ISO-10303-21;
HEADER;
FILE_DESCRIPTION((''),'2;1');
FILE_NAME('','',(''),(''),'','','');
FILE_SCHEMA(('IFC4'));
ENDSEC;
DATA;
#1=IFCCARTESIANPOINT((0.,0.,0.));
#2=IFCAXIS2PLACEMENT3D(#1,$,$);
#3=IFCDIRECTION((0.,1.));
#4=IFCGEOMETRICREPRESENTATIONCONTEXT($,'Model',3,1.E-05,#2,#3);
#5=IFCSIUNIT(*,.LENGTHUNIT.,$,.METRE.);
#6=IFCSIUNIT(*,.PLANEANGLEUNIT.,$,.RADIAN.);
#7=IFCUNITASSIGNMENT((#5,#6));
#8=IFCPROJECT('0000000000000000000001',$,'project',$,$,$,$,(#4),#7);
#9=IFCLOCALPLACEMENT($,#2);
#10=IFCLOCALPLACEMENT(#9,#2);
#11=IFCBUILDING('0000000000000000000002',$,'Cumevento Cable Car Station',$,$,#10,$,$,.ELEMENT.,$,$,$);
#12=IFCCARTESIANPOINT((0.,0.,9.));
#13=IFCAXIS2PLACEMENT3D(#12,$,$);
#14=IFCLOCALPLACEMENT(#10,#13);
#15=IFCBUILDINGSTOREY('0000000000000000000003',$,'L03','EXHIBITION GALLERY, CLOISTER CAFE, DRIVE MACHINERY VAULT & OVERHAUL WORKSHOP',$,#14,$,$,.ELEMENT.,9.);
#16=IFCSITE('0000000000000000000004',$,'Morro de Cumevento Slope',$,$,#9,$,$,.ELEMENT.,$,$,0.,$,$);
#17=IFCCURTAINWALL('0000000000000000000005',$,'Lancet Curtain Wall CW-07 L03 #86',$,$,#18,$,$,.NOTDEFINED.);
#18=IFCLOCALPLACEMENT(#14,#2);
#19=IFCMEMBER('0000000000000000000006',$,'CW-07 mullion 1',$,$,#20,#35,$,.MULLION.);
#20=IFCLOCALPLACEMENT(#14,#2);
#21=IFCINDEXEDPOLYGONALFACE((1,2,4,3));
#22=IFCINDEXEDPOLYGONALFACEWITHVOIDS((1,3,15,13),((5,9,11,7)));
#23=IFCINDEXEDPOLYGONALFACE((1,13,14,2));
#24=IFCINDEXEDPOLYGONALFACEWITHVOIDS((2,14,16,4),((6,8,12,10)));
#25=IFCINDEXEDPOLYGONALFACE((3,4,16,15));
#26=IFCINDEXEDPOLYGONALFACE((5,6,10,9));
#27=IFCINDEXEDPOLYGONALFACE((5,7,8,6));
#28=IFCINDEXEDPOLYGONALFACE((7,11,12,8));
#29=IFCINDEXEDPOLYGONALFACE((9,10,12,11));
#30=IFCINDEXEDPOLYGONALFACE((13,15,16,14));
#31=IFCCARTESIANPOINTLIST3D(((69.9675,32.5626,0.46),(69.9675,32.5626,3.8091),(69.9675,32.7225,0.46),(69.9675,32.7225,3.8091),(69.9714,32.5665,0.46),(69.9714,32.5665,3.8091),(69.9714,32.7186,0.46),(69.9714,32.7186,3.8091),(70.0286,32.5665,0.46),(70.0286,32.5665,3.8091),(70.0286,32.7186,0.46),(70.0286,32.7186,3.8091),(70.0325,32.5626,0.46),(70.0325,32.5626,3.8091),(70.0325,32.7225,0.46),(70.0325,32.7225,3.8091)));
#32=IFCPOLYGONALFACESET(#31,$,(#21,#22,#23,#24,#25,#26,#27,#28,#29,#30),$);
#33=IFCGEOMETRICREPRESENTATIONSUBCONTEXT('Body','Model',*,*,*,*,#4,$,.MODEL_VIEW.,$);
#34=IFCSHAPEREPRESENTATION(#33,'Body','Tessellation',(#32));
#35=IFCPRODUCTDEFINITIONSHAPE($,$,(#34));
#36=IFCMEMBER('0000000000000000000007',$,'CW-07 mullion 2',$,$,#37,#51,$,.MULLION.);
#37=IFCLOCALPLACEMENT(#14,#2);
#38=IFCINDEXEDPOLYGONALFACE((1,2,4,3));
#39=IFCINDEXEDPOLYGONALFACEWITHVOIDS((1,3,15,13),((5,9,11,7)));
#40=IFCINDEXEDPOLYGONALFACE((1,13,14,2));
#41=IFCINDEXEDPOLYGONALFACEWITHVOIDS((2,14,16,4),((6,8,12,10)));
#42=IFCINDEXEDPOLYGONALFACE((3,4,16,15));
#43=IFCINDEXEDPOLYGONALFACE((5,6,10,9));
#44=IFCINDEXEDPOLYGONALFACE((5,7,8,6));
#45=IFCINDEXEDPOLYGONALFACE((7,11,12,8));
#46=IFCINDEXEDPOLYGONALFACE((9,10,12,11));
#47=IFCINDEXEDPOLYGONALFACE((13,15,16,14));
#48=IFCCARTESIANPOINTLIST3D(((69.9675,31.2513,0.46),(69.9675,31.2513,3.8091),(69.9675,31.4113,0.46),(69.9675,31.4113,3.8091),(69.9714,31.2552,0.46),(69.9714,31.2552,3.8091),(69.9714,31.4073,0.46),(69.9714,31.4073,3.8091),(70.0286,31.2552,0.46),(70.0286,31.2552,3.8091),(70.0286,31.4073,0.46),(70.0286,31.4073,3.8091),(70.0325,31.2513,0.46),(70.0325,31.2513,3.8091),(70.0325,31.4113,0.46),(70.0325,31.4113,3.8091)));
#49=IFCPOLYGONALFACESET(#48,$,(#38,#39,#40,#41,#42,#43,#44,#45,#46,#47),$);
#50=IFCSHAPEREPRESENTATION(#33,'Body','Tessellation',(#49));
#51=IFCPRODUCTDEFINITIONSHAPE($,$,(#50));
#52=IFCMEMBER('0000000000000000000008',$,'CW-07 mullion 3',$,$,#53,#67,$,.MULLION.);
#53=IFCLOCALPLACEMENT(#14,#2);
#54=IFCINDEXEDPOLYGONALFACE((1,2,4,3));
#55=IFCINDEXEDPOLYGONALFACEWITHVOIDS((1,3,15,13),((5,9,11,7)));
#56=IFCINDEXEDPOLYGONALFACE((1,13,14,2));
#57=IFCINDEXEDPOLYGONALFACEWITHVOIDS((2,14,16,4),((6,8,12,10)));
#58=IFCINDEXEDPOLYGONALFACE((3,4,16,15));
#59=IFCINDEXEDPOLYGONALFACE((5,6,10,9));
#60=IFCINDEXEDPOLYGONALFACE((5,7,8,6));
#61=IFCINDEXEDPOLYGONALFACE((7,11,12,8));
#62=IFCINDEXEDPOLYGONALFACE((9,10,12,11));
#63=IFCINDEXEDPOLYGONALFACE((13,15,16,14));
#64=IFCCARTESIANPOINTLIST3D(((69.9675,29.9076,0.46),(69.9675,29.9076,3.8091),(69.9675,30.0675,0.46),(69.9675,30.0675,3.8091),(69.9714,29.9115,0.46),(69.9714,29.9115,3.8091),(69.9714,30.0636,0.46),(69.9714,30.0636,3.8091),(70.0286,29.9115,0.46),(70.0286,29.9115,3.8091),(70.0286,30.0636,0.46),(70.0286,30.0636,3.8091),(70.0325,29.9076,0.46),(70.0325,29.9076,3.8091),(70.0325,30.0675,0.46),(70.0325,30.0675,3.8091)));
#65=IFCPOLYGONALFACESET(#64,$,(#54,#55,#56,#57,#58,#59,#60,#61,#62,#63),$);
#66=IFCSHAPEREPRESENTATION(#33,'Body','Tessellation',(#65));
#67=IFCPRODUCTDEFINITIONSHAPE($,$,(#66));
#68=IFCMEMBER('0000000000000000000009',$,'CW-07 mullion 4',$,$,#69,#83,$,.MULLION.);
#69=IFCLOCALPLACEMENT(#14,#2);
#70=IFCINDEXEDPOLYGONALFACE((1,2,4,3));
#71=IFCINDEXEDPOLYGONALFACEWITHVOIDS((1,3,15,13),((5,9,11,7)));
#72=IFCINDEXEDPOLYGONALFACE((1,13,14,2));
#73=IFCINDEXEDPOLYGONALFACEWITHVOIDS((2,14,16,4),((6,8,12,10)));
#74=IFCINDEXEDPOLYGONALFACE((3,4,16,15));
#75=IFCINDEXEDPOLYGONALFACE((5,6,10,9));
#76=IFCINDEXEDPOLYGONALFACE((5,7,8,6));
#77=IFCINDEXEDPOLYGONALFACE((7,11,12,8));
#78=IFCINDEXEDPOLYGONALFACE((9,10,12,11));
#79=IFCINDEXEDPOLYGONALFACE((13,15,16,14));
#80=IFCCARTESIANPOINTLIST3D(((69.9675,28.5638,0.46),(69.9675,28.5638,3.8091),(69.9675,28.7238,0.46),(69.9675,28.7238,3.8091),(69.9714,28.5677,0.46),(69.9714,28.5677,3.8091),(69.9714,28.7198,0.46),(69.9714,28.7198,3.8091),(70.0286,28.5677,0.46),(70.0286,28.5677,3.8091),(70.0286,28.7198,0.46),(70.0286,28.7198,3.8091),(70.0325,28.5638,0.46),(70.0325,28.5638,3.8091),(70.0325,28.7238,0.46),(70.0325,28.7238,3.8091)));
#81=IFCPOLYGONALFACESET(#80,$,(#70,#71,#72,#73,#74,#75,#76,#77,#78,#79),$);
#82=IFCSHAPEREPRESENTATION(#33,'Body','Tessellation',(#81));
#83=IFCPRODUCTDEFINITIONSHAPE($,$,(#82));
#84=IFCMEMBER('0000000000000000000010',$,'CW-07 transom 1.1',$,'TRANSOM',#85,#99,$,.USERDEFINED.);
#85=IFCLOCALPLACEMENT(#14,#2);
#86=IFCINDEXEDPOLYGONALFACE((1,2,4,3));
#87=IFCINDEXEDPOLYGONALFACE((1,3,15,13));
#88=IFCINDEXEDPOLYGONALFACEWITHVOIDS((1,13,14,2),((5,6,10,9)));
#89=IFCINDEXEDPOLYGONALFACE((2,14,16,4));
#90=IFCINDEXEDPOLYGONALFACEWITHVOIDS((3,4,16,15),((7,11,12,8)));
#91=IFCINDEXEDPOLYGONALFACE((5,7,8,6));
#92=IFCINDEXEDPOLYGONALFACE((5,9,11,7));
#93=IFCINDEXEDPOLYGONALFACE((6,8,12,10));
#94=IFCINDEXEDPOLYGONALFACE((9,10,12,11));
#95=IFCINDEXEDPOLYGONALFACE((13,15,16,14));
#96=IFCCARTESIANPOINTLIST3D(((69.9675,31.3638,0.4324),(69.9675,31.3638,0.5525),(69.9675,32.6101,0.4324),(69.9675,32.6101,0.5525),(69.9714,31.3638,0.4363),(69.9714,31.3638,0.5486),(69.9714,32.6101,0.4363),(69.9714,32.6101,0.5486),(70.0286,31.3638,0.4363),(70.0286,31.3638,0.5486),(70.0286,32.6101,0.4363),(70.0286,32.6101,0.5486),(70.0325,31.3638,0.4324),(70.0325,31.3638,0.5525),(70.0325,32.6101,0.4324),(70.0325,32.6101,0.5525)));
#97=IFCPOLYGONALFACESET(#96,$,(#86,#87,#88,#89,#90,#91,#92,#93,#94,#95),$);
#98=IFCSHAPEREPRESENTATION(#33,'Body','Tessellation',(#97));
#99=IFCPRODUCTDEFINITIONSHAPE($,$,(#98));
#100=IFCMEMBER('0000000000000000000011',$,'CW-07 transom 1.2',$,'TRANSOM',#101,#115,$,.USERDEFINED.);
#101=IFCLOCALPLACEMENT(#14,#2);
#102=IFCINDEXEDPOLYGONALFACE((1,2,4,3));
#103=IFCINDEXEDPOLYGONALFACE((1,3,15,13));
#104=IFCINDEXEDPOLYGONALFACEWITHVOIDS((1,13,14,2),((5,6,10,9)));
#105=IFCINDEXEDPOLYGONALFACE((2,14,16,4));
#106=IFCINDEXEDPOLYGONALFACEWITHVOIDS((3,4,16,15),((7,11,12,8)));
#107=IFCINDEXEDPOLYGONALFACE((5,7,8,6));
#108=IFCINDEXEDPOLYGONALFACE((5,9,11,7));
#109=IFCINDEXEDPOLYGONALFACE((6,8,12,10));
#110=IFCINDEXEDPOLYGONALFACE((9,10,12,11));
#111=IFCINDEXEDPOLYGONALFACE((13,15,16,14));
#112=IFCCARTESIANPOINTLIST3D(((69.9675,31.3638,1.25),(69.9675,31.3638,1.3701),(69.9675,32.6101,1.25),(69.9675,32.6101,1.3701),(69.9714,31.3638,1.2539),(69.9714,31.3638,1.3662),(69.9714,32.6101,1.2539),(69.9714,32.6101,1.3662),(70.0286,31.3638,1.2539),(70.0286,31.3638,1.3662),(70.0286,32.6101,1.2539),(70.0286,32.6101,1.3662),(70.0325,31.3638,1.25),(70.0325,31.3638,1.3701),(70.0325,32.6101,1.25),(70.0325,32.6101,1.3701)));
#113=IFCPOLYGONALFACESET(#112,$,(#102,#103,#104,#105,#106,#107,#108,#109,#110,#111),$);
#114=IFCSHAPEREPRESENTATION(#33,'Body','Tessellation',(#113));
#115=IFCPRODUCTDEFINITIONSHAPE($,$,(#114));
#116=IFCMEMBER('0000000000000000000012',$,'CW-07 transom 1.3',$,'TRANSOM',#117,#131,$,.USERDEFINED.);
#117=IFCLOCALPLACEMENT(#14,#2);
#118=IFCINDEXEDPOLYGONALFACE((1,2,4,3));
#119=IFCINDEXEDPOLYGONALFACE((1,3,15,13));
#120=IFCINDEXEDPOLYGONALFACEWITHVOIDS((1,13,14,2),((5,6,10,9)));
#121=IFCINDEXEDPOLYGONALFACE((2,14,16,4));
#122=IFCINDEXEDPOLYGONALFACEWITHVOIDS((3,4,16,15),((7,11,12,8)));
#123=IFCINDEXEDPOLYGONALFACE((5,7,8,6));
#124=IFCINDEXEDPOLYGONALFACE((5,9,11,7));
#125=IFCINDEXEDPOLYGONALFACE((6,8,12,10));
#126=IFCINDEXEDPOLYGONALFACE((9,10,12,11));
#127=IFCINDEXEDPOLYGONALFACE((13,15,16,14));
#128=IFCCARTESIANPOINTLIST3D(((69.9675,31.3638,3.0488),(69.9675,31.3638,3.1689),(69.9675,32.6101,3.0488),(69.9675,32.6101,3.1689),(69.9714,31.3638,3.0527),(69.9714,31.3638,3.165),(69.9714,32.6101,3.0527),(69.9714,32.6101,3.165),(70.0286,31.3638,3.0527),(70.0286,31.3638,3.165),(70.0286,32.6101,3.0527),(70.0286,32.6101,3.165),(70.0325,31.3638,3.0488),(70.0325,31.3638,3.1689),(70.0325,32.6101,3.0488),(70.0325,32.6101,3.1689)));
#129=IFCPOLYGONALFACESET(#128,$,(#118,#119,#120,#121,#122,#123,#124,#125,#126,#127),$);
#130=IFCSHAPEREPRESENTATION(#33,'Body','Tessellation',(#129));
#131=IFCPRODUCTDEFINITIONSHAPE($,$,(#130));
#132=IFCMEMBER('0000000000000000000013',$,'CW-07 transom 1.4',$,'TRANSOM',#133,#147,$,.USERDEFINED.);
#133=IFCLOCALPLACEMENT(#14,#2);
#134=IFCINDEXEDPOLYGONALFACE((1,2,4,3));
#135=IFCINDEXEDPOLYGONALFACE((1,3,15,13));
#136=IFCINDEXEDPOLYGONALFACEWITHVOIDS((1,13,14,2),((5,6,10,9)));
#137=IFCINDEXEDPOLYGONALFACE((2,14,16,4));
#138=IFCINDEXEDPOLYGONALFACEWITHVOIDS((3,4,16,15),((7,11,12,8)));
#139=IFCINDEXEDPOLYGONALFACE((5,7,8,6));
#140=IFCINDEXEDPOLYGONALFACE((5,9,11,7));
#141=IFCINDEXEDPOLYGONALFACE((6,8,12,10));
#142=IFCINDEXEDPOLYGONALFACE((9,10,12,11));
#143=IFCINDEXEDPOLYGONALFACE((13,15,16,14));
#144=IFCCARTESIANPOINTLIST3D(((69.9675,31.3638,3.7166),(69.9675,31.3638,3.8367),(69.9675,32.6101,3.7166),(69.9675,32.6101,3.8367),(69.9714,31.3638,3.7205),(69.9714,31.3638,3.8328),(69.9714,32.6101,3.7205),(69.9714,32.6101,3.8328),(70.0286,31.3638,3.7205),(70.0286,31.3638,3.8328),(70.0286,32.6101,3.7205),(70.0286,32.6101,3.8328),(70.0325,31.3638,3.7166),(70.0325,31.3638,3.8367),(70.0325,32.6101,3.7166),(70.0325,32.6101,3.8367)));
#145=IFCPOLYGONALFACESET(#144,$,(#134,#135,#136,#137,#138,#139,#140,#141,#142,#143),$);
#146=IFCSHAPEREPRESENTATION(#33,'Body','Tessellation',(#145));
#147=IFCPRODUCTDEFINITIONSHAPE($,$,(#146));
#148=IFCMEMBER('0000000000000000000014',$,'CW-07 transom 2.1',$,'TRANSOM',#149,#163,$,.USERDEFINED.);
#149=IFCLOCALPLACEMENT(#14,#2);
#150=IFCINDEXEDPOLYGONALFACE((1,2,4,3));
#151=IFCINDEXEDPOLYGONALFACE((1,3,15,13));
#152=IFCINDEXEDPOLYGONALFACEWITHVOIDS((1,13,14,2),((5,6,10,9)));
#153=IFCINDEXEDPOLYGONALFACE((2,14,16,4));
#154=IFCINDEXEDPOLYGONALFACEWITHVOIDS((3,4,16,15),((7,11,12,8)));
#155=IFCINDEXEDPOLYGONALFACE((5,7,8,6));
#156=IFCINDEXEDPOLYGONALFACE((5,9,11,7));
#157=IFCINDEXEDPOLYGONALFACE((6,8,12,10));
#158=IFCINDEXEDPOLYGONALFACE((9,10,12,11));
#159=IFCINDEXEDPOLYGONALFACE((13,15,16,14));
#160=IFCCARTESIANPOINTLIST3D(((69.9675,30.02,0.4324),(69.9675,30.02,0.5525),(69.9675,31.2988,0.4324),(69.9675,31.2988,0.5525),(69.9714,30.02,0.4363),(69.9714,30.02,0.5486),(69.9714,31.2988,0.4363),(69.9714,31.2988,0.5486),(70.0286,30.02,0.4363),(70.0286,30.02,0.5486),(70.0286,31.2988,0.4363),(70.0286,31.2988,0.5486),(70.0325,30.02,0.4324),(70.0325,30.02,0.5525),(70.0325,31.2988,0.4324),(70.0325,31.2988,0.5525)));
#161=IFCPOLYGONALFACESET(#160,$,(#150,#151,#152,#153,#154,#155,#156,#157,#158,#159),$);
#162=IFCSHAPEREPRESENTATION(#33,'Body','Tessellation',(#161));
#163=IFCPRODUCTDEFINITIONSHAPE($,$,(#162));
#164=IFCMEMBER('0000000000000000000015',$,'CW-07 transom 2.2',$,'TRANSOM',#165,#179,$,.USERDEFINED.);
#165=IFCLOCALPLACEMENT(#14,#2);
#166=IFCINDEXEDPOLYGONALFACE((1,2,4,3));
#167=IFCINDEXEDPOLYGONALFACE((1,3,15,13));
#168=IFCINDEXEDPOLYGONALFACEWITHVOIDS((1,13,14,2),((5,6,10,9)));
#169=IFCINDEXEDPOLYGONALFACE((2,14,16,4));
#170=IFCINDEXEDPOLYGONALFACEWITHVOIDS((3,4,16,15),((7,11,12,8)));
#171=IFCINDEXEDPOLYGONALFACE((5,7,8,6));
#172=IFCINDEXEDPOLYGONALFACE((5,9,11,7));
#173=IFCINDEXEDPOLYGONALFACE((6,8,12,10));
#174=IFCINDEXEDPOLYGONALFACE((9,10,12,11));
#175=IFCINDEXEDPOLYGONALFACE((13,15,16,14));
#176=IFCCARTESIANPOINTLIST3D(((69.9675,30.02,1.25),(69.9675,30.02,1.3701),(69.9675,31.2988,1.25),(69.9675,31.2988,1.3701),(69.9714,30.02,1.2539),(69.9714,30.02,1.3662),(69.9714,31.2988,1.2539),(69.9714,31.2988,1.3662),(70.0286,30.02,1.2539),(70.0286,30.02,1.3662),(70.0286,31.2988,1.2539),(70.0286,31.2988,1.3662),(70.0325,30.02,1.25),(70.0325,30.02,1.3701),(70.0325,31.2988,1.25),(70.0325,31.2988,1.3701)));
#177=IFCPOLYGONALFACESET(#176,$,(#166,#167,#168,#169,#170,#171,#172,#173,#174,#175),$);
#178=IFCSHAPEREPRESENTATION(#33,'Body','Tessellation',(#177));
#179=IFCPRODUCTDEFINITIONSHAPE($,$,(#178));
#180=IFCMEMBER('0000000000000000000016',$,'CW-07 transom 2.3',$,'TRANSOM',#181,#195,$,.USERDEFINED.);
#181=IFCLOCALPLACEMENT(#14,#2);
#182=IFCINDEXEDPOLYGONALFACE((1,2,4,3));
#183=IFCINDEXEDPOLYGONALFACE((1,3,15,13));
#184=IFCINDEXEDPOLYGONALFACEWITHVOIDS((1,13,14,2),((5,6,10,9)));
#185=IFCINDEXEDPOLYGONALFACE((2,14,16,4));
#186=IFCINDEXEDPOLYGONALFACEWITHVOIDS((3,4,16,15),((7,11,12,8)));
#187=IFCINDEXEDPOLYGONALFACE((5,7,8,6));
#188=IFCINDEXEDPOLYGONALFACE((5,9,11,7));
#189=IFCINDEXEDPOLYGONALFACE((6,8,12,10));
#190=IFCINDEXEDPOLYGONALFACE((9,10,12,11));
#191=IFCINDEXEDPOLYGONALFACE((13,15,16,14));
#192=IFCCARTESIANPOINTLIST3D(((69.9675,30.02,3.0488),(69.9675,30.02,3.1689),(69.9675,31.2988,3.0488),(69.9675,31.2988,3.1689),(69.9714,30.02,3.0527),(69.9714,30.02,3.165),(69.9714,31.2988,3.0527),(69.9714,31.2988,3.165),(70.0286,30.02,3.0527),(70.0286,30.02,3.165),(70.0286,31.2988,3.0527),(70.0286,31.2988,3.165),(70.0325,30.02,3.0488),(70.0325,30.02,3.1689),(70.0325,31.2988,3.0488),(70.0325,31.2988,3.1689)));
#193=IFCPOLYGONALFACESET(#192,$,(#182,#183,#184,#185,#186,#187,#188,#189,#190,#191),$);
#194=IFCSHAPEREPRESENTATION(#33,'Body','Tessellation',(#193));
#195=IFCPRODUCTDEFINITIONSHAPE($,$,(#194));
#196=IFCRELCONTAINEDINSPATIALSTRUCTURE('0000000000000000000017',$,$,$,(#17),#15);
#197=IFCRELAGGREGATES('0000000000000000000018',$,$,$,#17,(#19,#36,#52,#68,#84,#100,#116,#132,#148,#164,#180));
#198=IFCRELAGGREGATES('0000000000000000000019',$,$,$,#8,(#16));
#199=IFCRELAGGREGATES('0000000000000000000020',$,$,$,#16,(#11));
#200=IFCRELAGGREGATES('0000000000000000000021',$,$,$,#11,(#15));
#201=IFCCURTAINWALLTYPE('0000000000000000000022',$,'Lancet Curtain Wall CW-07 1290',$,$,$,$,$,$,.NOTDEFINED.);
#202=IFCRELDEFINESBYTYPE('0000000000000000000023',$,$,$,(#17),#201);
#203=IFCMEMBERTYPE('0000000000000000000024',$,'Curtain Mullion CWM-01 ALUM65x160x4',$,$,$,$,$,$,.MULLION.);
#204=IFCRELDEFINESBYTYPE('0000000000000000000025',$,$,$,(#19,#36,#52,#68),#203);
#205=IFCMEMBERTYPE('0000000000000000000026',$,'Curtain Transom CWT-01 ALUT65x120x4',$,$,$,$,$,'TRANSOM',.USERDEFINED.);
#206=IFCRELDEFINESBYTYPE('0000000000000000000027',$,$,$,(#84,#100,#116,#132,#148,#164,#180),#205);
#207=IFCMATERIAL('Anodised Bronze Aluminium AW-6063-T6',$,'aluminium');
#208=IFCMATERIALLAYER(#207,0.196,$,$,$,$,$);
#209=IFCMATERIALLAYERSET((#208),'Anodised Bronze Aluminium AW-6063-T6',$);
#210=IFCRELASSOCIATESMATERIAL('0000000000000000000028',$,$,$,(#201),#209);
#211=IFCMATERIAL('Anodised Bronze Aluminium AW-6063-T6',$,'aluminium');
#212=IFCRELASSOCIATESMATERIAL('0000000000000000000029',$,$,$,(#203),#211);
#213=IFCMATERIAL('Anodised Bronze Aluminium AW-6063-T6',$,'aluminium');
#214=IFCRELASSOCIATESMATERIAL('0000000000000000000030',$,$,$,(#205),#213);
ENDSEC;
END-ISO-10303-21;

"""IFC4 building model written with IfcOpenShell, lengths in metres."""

from ifc_helpers import new_model, si_unit, direction, frame, origin, origin_2d, place, context, subcontext, project, spatial, hollow_rectangle, extrude, material, layer, layer_set, material_profile, profile_set, type_object, element, aggregate, save


model = new_model("IFC4")

# Units and contexts
model_context = context("Model", 3, precision=1e-05, world=origin(), true_north=direction((0.0, 1.0)))
body_context = subcontext(model_context, "Body", "Model", "MODEL_VIEW")
ifc_project = project(units=[si_unit("LENGTHUNIT", "METRE"), si_unit("PLANEANGLEUNIT", "RADIAN")], contexts=[model_context])

# Site, building, storey
site_placement = place(None, origin())
site = spatial("IfcSite", under=ifc_project, at=site_placement, Name="Morro de Cumevento Slope", CompositionType="ELEMENT", RefElevation=0.0)
building_placement = place(site_placement, origin())
building = spatial("IfcBuilding", under=site, at=building_placement, Name="Cumevento Cable Car Station", CompositionType="ELEMENT")
storey_placement = place(building_placement, frame((0.0, 0.0, 9.0)))
storey = spatial("IfcBuildingStorey", under=building, at=storey_placement, Name="L03", Description="EXHIBITION GALLERY, CLOISTER CAFE, DRIVE MACHINERY VAULT & OVERHAUL WORKSHOP", CompositionType="ELEMENT", Elevation=9.0)

# Curtain wall, members
ifc_material_1 = material(Name="Anodised Bronze Aluminium AW-6063-T6", Category="aluminium")
ifc_layer_1 = layer(ifc_material_1, 0.196)
ifc_layer_set_1 = layer_set([ifc_layer_1], Name="Anodised Bronze Aluminium AW-6063-T6")
curtain_wall_type = type_object("IfcCurtainWallType", Name="Lancet Curtain Wall CW-07 1290", PredefinedType="NOTDEFINED", material=ifc_layer_set_1)
curtain_wall_placement = place(storey_placement, origin())
curtain_wall = element("IfcCurtainWall", 1, at=curtain_wall_placement, inside=storey, type_object=curtain_wall_type, Name="Lancet Curtain Wall CW-07 L03 #86", PredefinedType="NOTDEFINED")
ifc_material_2 = material(Name="Anodised Bronze Aluminium AW-6063-T6", Category="aluminium")
ifc_material_profile_1 = material_profile(ifc_material_2, hollow_rectangle(XDim=0.0649, YDim=0.1599, WallThickness=0.0039, at=origin_2d()), Name="ALUM65x160x4")
ifc_profile_set_1 = profile_set([ifc_material_profile_1], Name="Anodised Bronze Aluminium AW-6063-T6")
member_type_1 = type_object("IfcMemberType", Name="Curtain Mullion CWM-01 ALUM65x160x4", PredefinedType="MULLION", material=ifc_profile_set_1)
member_1_placement = place(storey_placement, frame((70.0, 32.6426, 0.46), z_axis=(0.0, 0.0, 1.0), x_axis=(1.0, 0.0, 0.0)))
member_1 = element("IfcMember", 2, at=member_1_placement, type_object=member_type_1, Name="CW-07 mullion 1", PredefinedType="MULLION", context=body_context, shape_type="SweptSolid", body=[
    extrude(hollow_rectangle(XDim=0.0649, YDim=0.1599, WallThickness=0.0039, at=origin_2d()), origin(), (0.0, 0.0, 1.0), 3.3491),
])
member_2_placement = place(storey_placement, frame((70.0, 31.3313, 0.46), z_axis=(0.0, 0.0, 1.0), x_axis=(1.0, 0.0, 0.0)))
member_2 = element("IfcMember", 3, at=member_2_placement, type_object=member_type_1, Name="CW-07 mullion 2", PredefinedType="MULLION", context=body_context, shape_type="SweptSolid", body=[
    extrude(hollow_rectangle(XDim=0.0649, YDim=0.1599, WallThickness=0.0039, at=origin_2d()), origin(), (0.0, 0.0, 1.0), 3.3491),
])
member_3_placement = place(storey_placement, frame((70.0, 29.9875, 0.46), z_axis=(0.0, 0.0, 1.0), x_axis=(1.0, 0.0, 0.0)))
member_3 = element("IfcMember", 4, at=member_3_placement, type_object=member_type_1, Name="CW-07 mullion 3", PredefinedType="MULLION", context=body_context, shape_type="SweptSolid", body=[
    extrude(hollow_rectangle(XDim=0.0649, YDim=0.1599, WallThickness=0.0039, at=origin_2d()), origin(), (0.0, 0.0, 1.0), 3.3491),
])
member_4_placement = place(storey_placement, frame((70.0, 28.6438, 0.46), z_axis=(0.0, 0.0, 1.0), x_axis=(1.0, 0.0, 0.0)))
member_4 = element("IfcMember", 5, at=member_4_placement, type_object=member_type_1, Name="CW-07 mullion 4", PredefinedType="MULLION", context=body_context, shape_type="SweptSolid", body=[
    extrude(hollow_rectangle(XDim=0.0649, YDim=0.1599, WallThickness=0.0039, at=origin_2d()), origin(), (0.0, 0.0, 1.0), 3.3491),
])
ifc_material_3 = material(Name="Anodised Bronze Aluminium AW-6063-T6", Category="aluminium")
ifc_material_profile_2 = material_profile(ifc_material_3, hollow_rectangle(XDim=0.0649, YDim=0.1201, WallThickness=0.0039, at=origin_2d()), Name="ALUT65x120x4")
ifc_profile_set_2 = profile_set([ifc_material_profile_2], Name="Anodised Bronze Aluminium AW-6063-T6")
member_type_2 = type_object("IfcMemberType", Name="Curtain Transom CWT-01 ALUT65x120x4", ElementType="TRANSOM", PredefinedType="USERDEFINED", material=ifc_profile_set_2)
member_5_placement = place(storey_placement, frame((70.0, 32.6101, 0.4924), z_axis=(0.0, -1.0, 0.0), x_axis=(1.0, 0.0, 0.0)))
member_5 = element("IfcMember", 6, at=member_5_placement, type_object=member_type_2, Name="CW-07 transom 1.1", ObjectType="TRANSOM", PredefinedType="USERDEFINED", context=body_context, shape_type="SweptSolid", body=[
    extrude(hollow_rectangle(XDim=0.0649, YDim=0.1201, WallThickness=0.0039, at=origin_2d()), origin(), (0.0, 0.0, 1.0), 1.2463),
])
member_6_placement = place(storey_placement, frame((70.0, 32.6101, 1.3101), z_axis=(0.0, -1.0, 0.0), x_axis=(1.0, 0.0, 0.0)))
member_6 = element("IfcMember", 7, at=member_6_placement, type_object=member_type_2, Name="CW-07 transom 1.2", ObjectType="TRANSOM", PredefinedType="USERDEFINED", context=body_context, shape_type="SweptSolid", body=[
    extrude(hollow_rectangle(XDim=0.0649, YDim=0.1201, WallThickness=0.0039, at=origin_2d()), origin(), (0.0, 0.0, 1.0), 1.2463),
])
member_7_placement = place(storey_placement, frame((70.0, 32.6101, 3.1089), z_axis=(0.0, -1.0, 0.0), x_axis=(1.0, 0.0, 0.0)))
member_7 = element("IfcMember", 8, at=member_7_placement, type_object=member_type_2, Name="CW-07 transom 1.3", ObjectType="TRANSOM", PredefinedType="USERDEFINED", context=body_context, shape_type="SweptSolid", body=[
    extrude(hollow_rectangle(XDim=0.0649, YDim=0.1201, WallThickness=0.0039, at=origin_2d()), origin(), (0.0, 0.0, 1.0), 1.2463),
])
member_8_placement = place(storey_placement, frame((70.0, 32.6101, 3.7766), z_axis=(0.0, -1.0, 0.0), x_axis=(1.0, 0.0, 0.0)))
member_8 = element("IfcMember", 9, at=member_8_placement, type_object=member_type_2, Name="CW-07 transom 1.4", ObjectType="TRANSOM", PredefinedType="USERDEFINED", context=body_context, shape_type="SweptSolid", body=[
    extrude(hollow_rectangle(XDim=0.0649, YDim=0.1201, WallThickness=0.0039, at=origin_2d()), origin(), (0.0, 0.0, 1.0), 1.2463),
])
member_9_placement = place(storey_placement, frame((70.0, 31.2988, 0.4924), z_axis=(0.0, -1.0, 0.0), x_axis=(1.0, 0.0, 0.0)))
member_9 = element("IfcMember", 10, at=member_9_placement, type_object=member_type_2, Name="CW-07 transom 2.1", ObjectType="TRANSOM", PredefinedType="USERDEFINED", context=body_context, shape_type="SweptSolid", body=[
    extrude(hollow_rectangle(XDim=0.0649, YDim=0.1201, WallThickness=0.0039, at=origin_2d()), origin(), (0.0, 0.0, 1.0), 1.2788),
])
member_10_placement = place(storey_placement, frame((70.0, 31.2988, 1.3101), z_axis=(0.0, -1.0, 0.0), x_axis=(1.0, 0.0, 0.0)))
member_10 = element("IfcMember", 11, at=member_10_placement, type_object=member_type_2, Name="CW-07 transom 2.2", ObjectType="TRANSOM", PredefinedType="USERDEFINED", context=body_context, shape_type="SweptSolid", body=[
    extrude(hollow_rectangle(XDim=0.0649, YDim=0.1201, WallThickness=0.0039, at=origin_2d()), origin(), (0.0, 0.0, 1.0), 1.2788),
])
member_11_placement = place(storey_placement, frame((70.0, 31.2988, 3.1089), z_axis=(0.0, -1.0, 0.0), x_axis=(1.0, 0.0, 0.0)))
member_11 = element("IfcMember", 12, at=member_11_placement, type_object=member_type_2, Name="CW-07 transom 2.3", ObjectType="TRANSOM", PredefinedType="USERDEFINED", context=body_context, shape_type="SweptSolid", body=[
    extrude(hollow_rectangle(XDim=0.0649, YDim=0.1201, WallThickness=0.0039, at=origin_2d()), origin(), (0.0, 0.0, 1.0), 1.2788),
])
aggregate(curtain_wall, [member_1, member_2, member_3, member_4, member_5, member_6, member_7, member_8, member_9, member_10, member_11])

save(model, "model.ifc")
